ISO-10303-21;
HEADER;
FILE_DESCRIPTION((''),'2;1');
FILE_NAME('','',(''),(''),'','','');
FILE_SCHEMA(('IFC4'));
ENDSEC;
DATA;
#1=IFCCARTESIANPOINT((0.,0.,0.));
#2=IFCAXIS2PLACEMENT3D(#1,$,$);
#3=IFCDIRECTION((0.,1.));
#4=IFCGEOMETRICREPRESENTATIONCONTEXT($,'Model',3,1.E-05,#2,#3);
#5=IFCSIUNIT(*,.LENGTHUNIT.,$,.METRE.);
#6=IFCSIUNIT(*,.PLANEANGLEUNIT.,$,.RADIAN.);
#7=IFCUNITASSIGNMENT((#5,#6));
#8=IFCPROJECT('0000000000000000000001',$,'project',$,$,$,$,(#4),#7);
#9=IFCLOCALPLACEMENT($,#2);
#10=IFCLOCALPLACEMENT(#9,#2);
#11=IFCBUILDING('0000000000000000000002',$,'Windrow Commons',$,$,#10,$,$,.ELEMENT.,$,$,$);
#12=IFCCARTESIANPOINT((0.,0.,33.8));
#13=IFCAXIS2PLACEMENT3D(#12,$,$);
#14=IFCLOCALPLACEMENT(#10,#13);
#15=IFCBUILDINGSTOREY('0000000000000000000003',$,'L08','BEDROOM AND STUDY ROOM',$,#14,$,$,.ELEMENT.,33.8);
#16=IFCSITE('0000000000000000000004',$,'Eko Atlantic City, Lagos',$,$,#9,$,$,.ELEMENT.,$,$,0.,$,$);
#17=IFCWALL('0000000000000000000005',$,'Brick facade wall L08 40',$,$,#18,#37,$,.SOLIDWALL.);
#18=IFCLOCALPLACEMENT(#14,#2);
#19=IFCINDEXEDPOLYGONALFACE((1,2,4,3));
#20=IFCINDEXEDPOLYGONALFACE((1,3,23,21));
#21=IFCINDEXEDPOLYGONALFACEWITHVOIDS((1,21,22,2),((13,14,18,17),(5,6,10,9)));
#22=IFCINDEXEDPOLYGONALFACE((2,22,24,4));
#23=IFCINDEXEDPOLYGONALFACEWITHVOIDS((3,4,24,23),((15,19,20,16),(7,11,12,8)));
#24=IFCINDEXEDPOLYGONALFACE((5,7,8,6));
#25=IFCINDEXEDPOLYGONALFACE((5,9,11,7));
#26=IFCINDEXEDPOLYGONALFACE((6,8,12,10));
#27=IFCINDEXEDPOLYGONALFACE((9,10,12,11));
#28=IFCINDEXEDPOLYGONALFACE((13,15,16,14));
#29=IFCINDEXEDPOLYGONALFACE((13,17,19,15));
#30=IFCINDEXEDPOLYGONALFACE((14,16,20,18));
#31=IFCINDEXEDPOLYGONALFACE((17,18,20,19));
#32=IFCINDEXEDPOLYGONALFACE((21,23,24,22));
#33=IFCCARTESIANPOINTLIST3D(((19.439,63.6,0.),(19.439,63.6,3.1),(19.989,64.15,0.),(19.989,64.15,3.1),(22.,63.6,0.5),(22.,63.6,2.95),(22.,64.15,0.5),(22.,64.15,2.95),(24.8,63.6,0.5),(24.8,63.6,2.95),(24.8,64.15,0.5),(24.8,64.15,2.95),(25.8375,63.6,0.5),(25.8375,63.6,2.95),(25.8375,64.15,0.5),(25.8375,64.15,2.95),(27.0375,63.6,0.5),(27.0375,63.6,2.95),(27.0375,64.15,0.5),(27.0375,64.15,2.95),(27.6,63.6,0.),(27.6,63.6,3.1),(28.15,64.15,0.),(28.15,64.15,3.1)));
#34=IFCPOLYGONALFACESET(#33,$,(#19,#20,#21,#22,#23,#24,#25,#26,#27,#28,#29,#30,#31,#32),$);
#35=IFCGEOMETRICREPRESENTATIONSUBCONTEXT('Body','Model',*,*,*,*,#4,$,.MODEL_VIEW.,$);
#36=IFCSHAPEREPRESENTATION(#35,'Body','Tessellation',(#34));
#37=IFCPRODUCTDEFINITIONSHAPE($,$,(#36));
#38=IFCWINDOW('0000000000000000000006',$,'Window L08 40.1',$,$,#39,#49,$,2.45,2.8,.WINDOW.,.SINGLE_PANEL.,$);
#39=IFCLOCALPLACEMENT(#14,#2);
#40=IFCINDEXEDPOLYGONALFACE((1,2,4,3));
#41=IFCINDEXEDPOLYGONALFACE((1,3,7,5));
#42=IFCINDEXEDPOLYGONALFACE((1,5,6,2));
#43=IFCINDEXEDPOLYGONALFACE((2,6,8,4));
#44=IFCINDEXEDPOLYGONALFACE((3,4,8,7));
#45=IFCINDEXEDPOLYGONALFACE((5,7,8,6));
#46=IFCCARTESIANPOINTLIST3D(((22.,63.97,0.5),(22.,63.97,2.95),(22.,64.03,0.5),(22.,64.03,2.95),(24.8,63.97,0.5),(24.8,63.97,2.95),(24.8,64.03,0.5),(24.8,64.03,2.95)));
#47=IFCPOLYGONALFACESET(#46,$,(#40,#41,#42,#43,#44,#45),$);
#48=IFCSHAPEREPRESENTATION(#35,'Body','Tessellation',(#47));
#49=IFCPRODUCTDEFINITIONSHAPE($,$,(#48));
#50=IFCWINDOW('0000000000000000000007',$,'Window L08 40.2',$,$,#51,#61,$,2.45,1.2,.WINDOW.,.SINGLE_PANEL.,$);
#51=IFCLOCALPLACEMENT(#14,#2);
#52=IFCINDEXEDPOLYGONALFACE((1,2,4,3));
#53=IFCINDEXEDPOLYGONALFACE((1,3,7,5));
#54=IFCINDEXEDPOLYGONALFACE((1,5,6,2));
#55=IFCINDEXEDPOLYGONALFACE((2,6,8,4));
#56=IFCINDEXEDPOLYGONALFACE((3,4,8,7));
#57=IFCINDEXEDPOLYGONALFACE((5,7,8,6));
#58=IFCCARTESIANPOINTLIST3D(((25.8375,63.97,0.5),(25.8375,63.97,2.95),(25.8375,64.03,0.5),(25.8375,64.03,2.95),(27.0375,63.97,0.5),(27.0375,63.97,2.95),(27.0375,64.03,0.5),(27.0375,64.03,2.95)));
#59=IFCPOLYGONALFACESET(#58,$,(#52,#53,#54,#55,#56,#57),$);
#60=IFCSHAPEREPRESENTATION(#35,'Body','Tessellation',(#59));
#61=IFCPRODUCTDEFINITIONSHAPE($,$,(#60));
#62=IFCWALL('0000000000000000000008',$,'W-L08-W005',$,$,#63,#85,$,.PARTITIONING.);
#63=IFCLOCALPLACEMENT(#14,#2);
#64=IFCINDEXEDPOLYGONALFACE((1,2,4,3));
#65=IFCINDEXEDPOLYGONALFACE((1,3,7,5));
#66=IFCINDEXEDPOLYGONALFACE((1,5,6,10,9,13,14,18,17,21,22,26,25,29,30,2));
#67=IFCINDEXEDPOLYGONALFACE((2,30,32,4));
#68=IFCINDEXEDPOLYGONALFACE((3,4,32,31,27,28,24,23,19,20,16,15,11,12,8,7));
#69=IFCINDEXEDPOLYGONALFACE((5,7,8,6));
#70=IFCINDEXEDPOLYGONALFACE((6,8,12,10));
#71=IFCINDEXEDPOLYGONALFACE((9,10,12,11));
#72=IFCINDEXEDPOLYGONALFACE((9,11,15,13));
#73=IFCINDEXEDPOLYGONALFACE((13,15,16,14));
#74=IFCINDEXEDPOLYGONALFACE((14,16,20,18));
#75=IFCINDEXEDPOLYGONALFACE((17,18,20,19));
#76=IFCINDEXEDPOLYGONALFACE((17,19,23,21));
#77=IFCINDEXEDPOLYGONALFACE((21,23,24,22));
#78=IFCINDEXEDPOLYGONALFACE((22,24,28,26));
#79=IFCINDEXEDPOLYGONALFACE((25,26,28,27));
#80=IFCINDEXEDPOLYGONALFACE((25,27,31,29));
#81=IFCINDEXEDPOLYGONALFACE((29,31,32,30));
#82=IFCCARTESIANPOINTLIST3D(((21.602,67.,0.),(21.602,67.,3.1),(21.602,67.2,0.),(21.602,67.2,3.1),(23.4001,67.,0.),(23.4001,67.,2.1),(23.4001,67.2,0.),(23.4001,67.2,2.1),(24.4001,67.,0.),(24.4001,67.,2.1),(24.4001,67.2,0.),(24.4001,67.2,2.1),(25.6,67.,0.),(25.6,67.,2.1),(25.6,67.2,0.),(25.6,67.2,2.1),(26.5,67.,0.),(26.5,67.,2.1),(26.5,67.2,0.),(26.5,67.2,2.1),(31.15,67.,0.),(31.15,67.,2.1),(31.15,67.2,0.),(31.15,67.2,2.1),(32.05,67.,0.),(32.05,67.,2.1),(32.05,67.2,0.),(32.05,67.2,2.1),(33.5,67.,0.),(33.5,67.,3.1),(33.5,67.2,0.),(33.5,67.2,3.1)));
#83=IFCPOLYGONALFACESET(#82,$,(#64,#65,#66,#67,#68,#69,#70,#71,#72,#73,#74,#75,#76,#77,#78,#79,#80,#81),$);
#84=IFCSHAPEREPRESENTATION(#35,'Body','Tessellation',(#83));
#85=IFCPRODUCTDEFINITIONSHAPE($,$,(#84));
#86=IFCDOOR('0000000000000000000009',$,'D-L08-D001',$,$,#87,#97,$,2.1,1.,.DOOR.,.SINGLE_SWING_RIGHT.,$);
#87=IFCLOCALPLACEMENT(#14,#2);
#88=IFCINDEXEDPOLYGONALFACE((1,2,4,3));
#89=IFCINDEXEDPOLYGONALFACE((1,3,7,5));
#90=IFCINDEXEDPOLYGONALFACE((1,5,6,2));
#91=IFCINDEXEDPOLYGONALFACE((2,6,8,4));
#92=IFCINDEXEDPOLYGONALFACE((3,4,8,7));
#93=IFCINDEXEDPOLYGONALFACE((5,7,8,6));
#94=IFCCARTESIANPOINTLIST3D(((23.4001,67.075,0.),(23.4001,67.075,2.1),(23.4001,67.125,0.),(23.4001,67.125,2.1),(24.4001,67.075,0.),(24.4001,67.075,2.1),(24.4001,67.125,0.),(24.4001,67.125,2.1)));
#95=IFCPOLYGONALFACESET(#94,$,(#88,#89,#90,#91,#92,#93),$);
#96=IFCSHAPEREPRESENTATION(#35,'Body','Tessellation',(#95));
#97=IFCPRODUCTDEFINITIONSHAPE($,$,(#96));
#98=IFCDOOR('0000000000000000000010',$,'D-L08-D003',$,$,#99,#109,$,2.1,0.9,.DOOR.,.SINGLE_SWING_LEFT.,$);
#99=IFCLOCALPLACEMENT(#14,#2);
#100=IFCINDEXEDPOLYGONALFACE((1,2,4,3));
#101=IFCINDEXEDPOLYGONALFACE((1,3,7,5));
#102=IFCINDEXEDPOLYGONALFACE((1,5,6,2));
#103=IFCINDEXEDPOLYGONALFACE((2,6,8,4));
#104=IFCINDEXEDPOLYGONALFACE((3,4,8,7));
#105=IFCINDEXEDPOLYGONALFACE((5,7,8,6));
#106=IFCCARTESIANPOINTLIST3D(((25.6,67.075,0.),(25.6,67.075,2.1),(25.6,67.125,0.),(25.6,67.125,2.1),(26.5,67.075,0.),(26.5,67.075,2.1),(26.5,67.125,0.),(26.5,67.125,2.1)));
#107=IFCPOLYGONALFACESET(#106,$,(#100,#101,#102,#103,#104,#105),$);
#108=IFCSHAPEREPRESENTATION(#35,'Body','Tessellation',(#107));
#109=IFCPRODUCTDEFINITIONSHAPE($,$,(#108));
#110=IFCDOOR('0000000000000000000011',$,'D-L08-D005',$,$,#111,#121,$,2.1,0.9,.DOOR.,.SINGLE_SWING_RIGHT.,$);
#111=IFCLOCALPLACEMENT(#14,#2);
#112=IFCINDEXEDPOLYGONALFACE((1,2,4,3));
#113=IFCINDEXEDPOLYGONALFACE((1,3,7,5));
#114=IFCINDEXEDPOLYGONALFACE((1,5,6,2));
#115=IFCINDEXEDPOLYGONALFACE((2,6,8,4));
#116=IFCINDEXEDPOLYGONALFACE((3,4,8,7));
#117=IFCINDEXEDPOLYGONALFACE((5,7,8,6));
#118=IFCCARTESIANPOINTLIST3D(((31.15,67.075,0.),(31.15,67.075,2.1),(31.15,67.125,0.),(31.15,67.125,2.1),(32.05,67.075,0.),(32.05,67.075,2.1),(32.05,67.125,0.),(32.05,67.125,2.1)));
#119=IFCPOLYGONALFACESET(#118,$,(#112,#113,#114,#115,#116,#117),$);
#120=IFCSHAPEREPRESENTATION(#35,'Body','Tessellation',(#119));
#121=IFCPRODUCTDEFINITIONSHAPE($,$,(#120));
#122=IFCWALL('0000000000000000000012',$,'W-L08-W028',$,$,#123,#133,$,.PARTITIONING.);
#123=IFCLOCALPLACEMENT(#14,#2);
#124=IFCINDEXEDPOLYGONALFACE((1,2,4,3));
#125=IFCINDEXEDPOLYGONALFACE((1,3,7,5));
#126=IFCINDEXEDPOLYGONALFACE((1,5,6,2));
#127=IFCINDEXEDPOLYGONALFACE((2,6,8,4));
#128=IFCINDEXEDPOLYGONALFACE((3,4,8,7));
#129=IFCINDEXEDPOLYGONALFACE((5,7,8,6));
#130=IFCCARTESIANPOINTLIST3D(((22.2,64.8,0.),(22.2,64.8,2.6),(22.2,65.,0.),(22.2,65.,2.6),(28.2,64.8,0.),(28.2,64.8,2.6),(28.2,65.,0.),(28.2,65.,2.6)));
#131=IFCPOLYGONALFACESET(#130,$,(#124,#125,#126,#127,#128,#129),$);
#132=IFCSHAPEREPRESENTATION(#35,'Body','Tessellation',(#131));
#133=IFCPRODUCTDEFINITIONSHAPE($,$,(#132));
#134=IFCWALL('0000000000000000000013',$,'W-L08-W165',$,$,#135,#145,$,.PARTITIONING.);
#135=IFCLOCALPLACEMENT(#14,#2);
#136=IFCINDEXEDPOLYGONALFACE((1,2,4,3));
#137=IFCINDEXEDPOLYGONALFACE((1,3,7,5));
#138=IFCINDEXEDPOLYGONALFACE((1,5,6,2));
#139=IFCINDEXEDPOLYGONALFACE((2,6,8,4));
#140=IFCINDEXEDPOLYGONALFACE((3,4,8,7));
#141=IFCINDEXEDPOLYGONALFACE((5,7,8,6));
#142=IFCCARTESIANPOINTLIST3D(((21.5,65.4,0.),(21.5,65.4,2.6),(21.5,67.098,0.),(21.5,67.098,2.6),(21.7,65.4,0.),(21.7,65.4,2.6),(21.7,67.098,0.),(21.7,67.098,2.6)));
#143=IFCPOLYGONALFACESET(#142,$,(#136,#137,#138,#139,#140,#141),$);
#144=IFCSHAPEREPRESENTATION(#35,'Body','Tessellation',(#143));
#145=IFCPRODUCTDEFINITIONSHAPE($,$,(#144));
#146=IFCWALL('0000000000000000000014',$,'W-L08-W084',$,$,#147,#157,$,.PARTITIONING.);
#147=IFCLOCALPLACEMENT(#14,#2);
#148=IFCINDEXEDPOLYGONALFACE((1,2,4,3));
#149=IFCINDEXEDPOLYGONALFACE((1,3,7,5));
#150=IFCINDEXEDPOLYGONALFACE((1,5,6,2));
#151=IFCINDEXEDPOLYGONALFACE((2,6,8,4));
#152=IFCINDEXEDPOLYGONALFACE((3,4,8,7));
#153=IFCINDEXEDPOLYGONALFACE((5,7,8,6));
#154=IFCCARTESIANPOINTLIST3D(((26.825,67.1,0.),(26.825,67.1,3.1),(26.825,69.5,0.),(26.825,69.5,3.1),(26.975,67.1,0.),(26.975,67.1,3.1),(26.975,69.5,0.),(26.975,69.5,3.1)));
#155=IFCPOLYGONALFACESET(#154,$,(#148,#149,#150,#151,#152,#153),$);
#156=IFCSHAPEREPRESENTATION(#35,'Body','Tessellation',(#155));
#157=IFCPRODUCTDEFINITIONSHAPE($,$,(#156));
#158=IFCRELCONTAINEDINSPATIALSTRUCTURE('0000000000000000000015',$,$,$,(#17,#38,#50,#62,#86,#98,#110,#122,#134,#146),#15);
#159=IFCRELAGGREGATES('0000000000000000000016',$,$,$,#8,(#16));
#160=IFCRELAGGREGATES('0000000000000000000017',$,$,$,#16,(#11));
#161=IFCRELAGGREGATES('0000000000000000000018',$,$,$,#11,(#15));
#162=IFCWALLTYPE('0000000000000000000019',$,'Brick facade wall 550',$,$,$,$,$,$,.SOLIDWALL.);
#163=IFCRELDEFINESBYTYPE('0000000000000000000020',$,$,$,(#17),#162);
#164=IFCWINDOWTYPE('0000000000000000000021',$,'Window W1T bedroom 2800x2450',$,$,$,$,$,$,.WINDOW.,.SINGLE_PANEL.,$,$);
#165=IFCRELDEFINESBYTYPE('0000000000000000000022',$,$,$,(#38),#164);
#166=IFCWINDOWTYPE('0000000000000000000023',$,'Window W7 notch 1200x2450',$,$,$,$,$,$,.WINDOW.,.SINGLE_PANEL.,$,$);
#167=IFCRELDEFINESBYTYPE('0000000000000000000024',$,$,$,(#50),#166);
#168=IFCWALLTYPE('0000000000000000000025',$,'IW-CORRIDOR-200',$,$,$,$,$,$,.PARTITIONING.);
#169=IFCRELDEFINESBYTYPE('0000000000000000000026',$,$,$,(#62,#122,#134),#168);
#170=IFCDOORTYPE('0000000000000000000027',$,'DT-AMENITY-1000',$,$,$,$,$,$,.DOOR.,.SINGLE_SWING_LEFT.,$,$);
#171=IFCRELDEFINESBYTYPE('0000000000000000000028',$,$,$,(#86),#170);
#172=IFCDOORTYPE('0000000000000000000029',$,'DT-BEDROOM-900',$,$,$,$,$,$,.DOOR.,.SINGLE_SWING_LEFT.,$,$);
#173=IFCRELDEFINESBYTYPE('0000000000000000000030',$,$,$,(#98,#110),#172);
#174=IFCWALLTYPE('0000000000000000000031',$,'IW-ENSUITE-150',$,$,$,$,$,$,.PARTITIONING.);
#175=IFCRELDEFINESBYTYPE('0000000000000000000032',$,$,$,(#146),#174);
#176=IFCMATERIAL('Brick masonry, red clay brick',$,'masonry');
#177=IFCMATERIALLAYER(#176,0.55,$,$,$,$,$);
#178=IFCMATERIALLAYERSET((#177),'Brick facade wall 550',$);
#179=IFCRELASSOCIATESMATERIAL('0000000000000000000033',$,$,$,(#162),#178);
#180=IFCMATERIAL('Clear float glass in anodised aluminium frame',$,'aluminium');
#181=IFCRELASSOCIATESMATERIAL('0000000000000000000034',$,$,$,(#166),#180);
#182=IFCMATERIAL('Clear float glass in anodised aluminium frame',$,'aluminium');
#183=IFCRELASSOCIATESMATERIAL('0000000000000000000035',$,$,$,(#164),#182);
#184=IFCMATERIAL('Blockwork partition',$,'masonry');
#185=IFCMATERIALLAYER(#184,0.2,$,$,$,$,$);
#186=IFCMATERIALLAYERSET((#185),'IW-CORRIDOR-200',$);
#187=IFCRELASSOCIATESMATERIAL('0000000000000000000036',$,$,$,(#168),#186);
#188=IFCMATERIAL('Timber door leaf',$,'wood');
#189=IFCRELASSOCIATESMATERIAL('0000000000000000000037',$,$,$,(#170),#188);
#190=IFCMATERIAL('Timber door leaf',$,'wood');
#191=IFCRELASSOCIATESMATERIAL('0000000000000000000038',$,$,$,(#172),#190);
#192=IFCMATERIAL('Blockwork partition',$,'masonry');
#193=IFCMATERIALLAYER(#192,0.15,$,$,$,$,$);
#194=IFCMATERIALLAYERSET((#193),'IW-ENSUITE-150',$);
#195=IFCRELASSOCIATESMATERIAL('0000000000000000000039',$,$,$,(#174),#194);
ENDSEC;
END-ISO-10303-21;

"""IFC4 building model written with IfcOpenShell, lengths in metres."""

from ifc_helpers import new_model, si_unit, direction, frame, frame_2d, origin, place, context, subcontext, project, spatial, polyline, rectangle, outline, extrude, material, layer, layer_set, type_object, element, fill, save


model = new_model("IFC4")

# Units and contexts
model_context = context("Model", 3, precision=1e-05, world=origin(), true_north=direction((0.0, 1.0)))
body_context = subcontext(model_context, "Body", "Model", "MODEL_VIEW")
ifc_project = project(units=[si_unit("LENGTHUNIT", "METRE"), si_unit("PLANEANGLEUNIT", "RADIAN")], contexts=[model_context])

# Site, building, storey
site_placement = place(None, origin())
site = spatial("IfcSite", under=ifc_project, at=site_placement, Name="Eko Atlantic City, Lagos", CompositionType="ELEMENT", RefElevation=0.0)
building_placement = place(site_placement, origin())
building = spatial("IfcBuilding", under=site, at=building_placement, Name="Windrow Commons", CompositionType="ELEMENT")
storey_placement = place(building_placement, frame((0.0, 0.0, 33.8)))
storey = spatial("IfcBuildingStorey", under=building, at=storey_placement, Name="L08", Description="BEDROOM AND STUDY ROOM", CompositionType="ELEMENT", Elevation=33.8)

# Shared definitions
ifc_material_1 = material(Name="Brick masonry, red clay brick", Category="masonry")
ifc_layer_1 = layer(ifc_material_1, 0.55)
ifc_layer_set_1 = layer_set([ifc_layer_1], Name="Brick facade wall 550")
wall_type_1 = type_object("IfcWallType", Name="Brick facade wall 550", PredefinedType="SOLIDWALL", material=ifc_layer_set_1)
ifc_material_2 = material(Name="Clear float glass in anodised aluminium frame", Category="aluminium")
window_type_1 = type_object("IfcWindowType", Name="Window W7 notch 1200x2450", PartitioningType="SINGLE_PANEL", PredefinedType="WINDOW", material=ifc_material_2)

# Wall, openings, windows
ifc_material_3 = material(Name="Clear float glass in anodised aluminium frame", Category="aluminium")
window_type_2 = type_object("IfcWindowType", Name="Window W1T bedroom 2800x2450", PartitioningType="SINGLE_PANEL", PredefinedType="WINDOW", material=ifc_material_3)
wall_1_placement = place(storey_placement, frame((19.714, 63.875, 0.0), z_axis=(0.0, 0.0, 1.0), x_axis=(1.0, 0.0, 0.0)))
wall_1 = element("IfcWall", 1, at=wall_1_placement, inside=storey, type_object=wall_type_1, Name="Brick facade wall L08 40", PredefinedType="SOLIDWALL", context=body_context, shape_type="SweptSolid", body=[
    extrude(outline(polyline([(-0.275, -0.275), (7.886, -0.275), (8.436, 0.275), (0.275, 0.275), (-0.275, -0.275)])), origin(), (0.0, 0.0, 1.0), 3.1),
])
opening_1_placement = place(wall_1_placement, frame((2.286, 0.0, 0.5)))
opening_1 = element("IfcOpeningElement", 2, at=opening_1_placement, cuts=wall_1, PredefinedType="OPENING", context=body_context, shape_type="SweptSolid", body=[
    extrude(rectangle(XDim=2.8, YDim=2.45, at=frame_2d((1.4, 1.225))), frame((0.0, 0.285, 0.0), z_axis=(0.0, -1.0, 0.0), x_axis=(1.0, 0.0, 0.0)), (0.0, 0.0, 1.0), 0.57),
])
opening_2_placement = place(wall_1_placement, frame((6.1235, 0.0, 0.5)))
opening_2 = element("IfcOpeningElement", 3, at=opening_2_placement, cuts=wall_1, PredefinedType="OPENING", context=body_context, shape_type="SweptSolid", body=[
    extrude(rectangle(XDim=1.2, YDim=2.45, at=frame_2d((0.6, 1.225))), frame((0.0, 0.285, 0.0), z_axis=(0.0, -1.0, 0.0), x_axis=(1.0, 0.0, 0.0)), (0.0, 0.0, 1.0), 0.57),
])
window_1_placement = place(opening_1_placement, origin())
window_1 = element("IfcWindow", 4, at=window_1_placement, inside=storey, type_object=window_type_2, Name="Window L08 40.1", OverallHeight=2.45, OverallWidth=2.8, PartitioningType="SINGLE_PANEL", PredefinedType="WINDOW", context=body_context, shape_type="SweptSolid", body=[
    extrude(rectangle(XDim=2.8, YDim=2.45, at=frame_2d((1.4, 1.225))), frame((0.0, 0.155, 0.0), z_axis=(0.0, -1.0, 0.0), x_axis=(1.0, 0.0, 0.0)), (0.0, 0.0, 1.0), 0.06),
])
fill(opening_1, window_1)
window_2_placement = place(opening_2_placement, origin())
window_2 = element("IfcWindow", 5, at=window_2_placement, inside=storey, type_object=window_type_1, Name="Window L08 40.2", OverallHeight=2.45, OverallWidth=1.2, PartitioningType="SINGLE_PANEL", PredefinedType="WINDOW", context=body_context, shape_type="SweptSolid", body=[
    extrude(rectangle(XDim=1.2, YDim=2.45, at=frame_2d((0.6, 1.225))), frame((0.0, 0.155, 0.0), z_axis=(0.0, -1.0, 0.0), x_axis=(1.0, 0.0, 0.0)), (0.0, 0.0, 1.0), 0.06),
])
fill(opening_2, window_2)

# Wall, openings, doors
ifc_material_4 = material(Name="Blockwork partition", Category="masonry")
ifc_layer_2 = layer(ifc_material_4, 0.2)
ifc_layer_set_2 = layer_set([ifc_layer_2], Name="IW-CORRIDOR-200")
wall_type_2 = type_object("IfcWallType", Name="IW-CORRIDOR-200", PredefinedType="PARTITIONING", material=ifc_layer_set_2)
wall_2_placement = place(storey_placement, frame((21.602, 67.1, 0.0), z_axis=(0.0, 0.0, 1.0), x_axis=(1.0, 0.0, 0.0)))
wall_2 = element("IfcWall", 6, at=wall_2_placement, inside=storey, type_object=wall_type_2, Name="W-L08-W005", PredefinedType="PARTITIONING", context=body_context, shape_type="SweptSolid", body=[
    extrude(rectangle(XDim=11.898, YDim=0.2, at=frame_2d((5.949, 0.0))), origin(), (0.0, 0.0, 1.0), 3.1),
])
opening_3_placement = place(wall_2_placement, frame((1.7981, 0.0, 0.0)))
opening_3 = element("IfcOpeningElement", 7, at=opening_3_placement, cuts=wall_2, PredefinedType="OPENING", context=body_context, shape_type="SweptSolid", body=[
    extrude(rectangle(XDim=1.0, YDim=2.1, at=frame_2d((0.5, 1.05))), frame((0.0, 0.11, 0.0), z_axis=(0.0, -1.0, 0.0), x_axis=(1.0, 0.0, 0.0)), (0.0, 0.0, 1.0), 0.22),
])
opening_4_placement = place(wall_2_placement, frame((3.998, 0.0, 0.0)))
opening_4 = element("IfcOpeningElement", 8, at=opening_4_placement, cuts=wall_2, PredefinedType="OPENING", context=body_context, shape_type="SweptSolid", body=[
    extrude(rectangle(XDim=0.9, YDim=2.1, at=frame_2d((0.45, 1.05))), frame((0.0, 0.11, 0.0), z_axis=(0.0, -1.0, 0.0), x_axis=(1.0, 0.0, 0.0)), (0.0, 0.0, 1.0), 0.22),
])
opening_5_placement = place(wall_2_placement, frame((9.548, 0.0, 0.0)))
opening_5 = element("IfcOpeningElement", 9, at=opening_5_placement, cuts=wall_2, PredefinedType="OPENING", context=body_context, shape_type="SweptSolid", body=[
    extrude(rectangle(XDim=0.9, YDim=2.1, at=frame_2d((0.45, 1.05))), frame((0.0, 0.11, 0.0), z_axis=(0.0, -1.0, 0.0), x_axis=(1.0, 0.0, 0.0)), (0.0, 0.0, 1.0), 0.22),
])
ifc_material_5 = material(Name="Timber door leaf", Category="wood")
door_type_1 = type_object("IfcDoorType", Name="DT-AMENITY-1000", OperationType="SINGLE_SWING_LEFT", PredefinedType="DOOR", material=ifc_material_5)
door_1_placement = place(opening_3_placement, origin())
door_1 = element("IfcDoor", 10, at=door_1_placement, inside=storey, type_object=door_type_1, Name="D-L08-D001", OperationType="SINGLE_SWING_RIGHT", OverallHeight=2.1, OverallWidth=1.0, PredefinedType="DOOR", context=body_context, shape_type="SweptSolid", body=[
    extrude(rectangle(XDim=1.0, YDim=2.1, at=frame_2d((0.5, 1.05))), frame((0.0, 0.025, 0.0), z_axis=(0.0, -1.0, 0.0), x_axis=(1.0, 0.0, 0.0)), (0.0, 0.0, 1.0), 0.05),
])
fill(opening_3, door_1)
ifc_material_6 = material(Name="Timber door leaf", Category="wood")
door_type_2 = type_object("IfcDoorType", Name="DT-BEDROOM-900", OperationType="SINGLE_SWING_LEFT", PredefinedType="DOOR", material=ifc_material_6)
door_2_placement = place(opening_4_placement, origin())
door_2 = element("IfcDoor", 11, at=door_2_placement, inside=storey, type_object=door_type_2, Name="D-L08-D003", OperationType="SINGLE_SWING_LEFT", OverallHeight=2.1, OverallWidth=0.9, PredefinedType="DOOR", context=body_context, shape_type="SweptSolid", body=[
    extrude(rectangle(XDim=0.9, YDim=2.1, at=frame_2d((0.45, 1.05))), frame((0.0, 0.025, 0.0), z_axis=(0.0, -1.0, 0.0), x_axis=(1.0, 0.0, 0.0)), (0.0, 0.0, 1.0), 0.05),
])
fill(opening_4, door_2)
door_3_placement = place(opening_5_placement, origin())
door_3 = element("IfcDoor", 12, at=door_3_placement, inside=storey, type_object=door_type_2, Name="D-L08-D005", OperationType="SINGLE_SWING_RIGHT", OverallHeight=2.1, OverallWidth=0.9, PredefinedType="DOOR", context=body_context, shape_type="SweptSolid", body=[
    extrude(rectangle(XDim=0.9, YDim=2.1, at=frame_2d((0.45, 1.05))), frame((0.0, 0.025, 0.0), z_axis=(0.0, -1.0, 0.0), x_axis=(1.0, 0.0, 0.0)), (0.0, 0.0, 1.0), 0.05),
])
fill(opening_5, door_3)

# Walls
wall_3_placement = place(storey_placement, frame((22.2, 64.9, 0.0), z_axis=(0.0, 0.0, 1.0), x_axis=(1.0, 0.0, 0.0)))
element("IfcWall", 13, at=wall_3_placement, inside=storey, type_object=wall_type_2, Name="W-L08-W028", PredefinedType="PARTITIONING", context=body_context, shape_type="SweptSolid", body=[
    extrude(rectangle(XDim=6.0, YDim=0.2, at=frame_2d((3.0, 0.0))), origin(), (0.0, 0.0, 1.0), 2.6),
])
wall_4_placement = place(storey_placement, frame((21.6, 65.4, 0.0), z_axis=(0.0, 0.0, 1.0), x_axis=(0.0, 1.0, 0.0)))
element("IfcWall", 14, at=wall_4_placement, inside=storey, type_object=wall_type_2, Name="W-L08-W165", PredefinedType="PARTITIONING", context=body_context, shape_type="SweptSolid", body=[
    extrude(rectangle(XDim=1.698, YDim=0.2, at=frame_2d((0.849, 0.0))), origin(), (0.0, 0.0, 1.0), 2.6),
])
ifc_material_7 = material(Name="Blockwork partition", Category="masonry")
ifc_layer_3 = layer(ifc_material_7, 0.15)
ifc_layer_set_3 = layer_set([ifc_layer_3], Name="IW-ENSUITE-150")
wall_type_3 = type_object("IfcWallType", Name="IW-ENSUITE-150", PredefinedType="PARTITIONING", material=ifc_layer_set_3)
wall_5_placement = place(storey_placement, frame((26.9, 67.1, 0.0), z_axis=(0.0, 0.0, 1.0), x_axis=(0.0, 1.0, 0.0)))
element("IfcWall", 15, at=wall_5_placement, inside=storey, type_object=wall_type_3, Name="W-L08-W084", PredefinedType="PARTITIONING", context=body_context, shape_type="SweptSolid", body=[
    extrude(rectangle(XDim=2.4, YDim=0.15, at=frame_2d((1.2, 0.0))), origin(), (0.0, 0.0, 1.0), 3.1),
])

save(model, "model.ifc")
